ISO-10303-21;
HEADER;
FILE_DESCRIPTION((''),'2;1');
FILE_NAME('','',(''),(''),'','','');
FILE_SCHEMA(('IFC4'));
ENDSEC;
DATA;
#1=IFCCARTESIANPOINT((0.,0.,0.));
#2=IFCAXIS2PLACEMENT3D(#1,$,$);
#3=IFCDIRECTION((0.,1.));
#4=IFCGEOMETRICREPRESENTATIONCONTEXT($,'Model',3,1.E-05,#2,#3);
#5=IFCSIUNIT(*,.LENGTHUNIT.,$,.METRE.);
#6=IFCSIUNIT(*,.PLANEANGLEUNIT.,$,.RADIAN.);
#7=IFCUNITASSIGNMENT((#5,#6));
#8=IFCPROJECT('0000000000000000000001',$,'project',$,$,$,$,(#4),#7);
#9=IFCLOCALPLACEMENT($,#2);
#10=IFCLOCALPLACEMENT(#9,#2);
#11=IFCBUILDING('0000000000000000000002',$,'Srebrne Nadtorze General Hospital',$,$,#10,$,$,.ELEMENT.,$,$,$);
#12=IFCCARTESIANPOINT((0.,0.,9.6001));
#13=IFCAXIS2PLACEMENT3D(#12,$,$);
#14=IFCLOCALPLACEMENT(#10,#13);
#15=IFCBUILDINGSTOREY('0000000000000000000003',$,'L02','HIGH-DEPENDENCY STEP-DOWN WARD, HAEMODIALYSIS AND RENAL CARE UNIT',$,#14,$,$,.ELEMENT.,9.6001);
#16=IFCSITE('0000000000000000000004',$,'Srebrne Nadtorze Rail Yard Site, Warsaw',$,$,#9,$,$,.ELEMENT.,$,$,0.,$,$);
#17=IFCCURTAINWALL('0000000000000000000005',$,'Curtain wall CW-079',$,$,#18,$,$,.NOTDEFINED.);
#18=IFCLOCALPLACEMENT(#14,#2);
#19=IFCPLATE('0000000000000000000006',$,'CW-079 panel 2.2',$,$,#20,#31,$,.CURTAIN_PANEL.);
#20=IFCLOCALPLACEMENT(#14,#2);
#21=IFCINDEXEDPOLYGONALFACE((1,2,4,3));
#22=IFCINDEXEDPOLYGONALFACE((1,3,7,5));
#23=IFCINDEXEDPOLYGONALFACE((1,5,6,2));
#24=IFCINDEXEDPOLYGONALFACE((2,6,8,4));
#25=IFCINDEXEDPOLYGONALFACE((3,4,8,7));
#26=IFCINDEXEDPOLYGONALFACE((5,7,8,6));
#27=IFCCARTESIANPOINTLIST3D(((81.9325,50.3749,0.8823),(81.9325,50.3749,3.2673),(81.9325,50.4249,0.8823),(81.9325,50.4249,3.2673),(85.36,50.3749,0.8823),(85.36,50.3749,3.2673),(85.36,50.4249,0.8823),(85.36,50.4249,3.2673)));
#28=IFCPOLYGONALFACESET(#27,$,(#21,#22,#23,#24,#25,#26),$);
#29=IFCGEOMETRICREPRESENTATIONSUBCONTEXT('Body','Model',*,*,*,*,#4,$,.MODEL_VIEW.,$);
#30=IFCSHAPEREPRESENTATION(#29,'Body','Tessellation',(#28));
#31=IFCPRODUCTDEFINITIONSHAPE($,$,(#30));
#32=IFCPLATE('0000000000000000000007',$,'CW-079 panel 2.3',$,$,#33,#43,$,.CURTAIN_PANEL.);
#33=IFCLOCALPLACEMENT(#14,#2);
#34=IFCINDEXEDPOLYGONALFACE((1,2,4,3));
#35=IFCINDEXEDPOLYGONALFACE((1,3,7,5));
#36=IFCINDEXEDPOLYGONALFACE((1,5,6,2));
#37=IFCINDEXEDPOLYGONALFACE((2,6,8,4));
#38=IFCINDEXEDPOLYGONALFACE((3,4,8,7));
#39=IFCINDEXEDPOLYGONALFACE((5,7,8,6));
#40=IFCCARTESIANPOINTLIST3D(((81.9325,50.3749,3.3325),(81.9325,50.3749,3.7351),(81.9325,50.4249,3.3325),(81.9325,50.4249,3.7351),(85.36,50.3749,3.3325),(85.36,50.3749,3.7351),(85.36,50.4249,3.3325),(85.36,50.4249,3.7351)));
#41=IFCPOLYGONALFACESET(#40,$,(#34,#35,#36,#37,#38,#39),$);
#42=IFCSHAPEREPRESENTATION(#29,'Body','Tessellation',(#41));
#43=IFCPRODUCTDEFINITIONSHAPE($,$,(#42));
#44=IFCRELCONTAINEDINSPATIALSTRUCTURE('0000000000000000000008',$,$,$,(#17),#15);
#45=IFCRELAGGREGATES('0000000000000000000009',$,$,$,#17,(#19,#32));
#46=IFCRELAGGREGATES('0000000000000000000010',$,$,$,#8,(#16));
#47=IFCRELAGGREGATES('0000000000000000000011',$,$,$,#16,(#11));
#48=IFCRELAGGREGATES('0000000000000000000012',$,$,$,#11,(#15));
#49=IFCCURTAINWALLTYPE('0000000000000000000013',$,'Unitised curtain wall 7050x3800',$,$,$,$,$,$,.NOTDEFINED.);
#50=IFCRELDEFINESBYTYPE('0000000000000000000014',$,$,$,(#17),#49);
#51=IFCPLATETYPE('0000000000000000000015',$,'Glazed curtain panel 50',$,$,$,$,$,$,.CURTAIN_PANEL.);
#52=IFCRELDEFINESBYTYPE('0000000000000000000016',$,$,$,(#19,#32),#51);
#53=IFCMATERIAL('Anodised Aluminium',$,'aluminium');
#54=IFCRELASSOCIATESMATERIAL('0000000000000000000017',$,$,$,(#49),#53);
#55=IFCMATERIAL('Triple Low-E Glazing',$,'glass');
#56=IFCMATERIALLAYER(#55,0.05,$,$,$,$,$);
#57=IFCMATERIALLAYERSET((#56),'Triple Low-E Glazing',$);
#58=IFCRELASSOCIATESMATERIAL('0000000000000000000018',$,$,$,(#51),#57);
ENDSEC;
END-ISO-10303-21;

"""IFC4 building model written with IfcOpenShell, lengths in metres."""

from ifc_helpers import new_model, si_unit, direction, frame, origin, origin_2d, place, context, subcontext, project, spatial, rectangle, extrude, material, layer, layer_set, type_object, element, aggregate, save


model = new_model("IFC4")

# Units and contexts
model_context = context("Model", 3, precision=1e-05, world=origin(), true_north=direction((0.0, 1.0)))
body_context = subcontext(model_context, "Body", "Model", "MODEL_VIEW")
ifc_project = project(units=[si_unit("LENGTHUNIT", "METRE"), si_unit("PLANEANGLEUNIT", "RADIAN")], contexts=[model_context])

# Site, building, storey
site_placement = place(None, origin())
site = spatial("IfcSite", under=ifc_project, at=site_placement, Name="Srebrne Nadtorze Rail Yard Site, Warsaw", CompositionType="ELEMENT", RefElevation=0.0)
building_placement = place(site_placement, origin())
building = spatial("IfcBuilding", under=site, at=building_placement, Name="Srebrne Nadtorze General Hospital", CompositionType="ELEMENT")
storey_placement = place(building_placement, frame((0.0, 0.0, 9.6001)))
storey = spatial("IfcBuildingStorey", under=building, at=storey_placement, Name="L02", Description="HIGH-DEPENDENCY STEP-DOWN WARD, HAEMODIALYSIS AND RENAL CARE UNIT", CompositionType="ELEMENT", Elevation=9.6001)

# Curtain wall
ifc_material_1 = material(Name="Anodised Aluminium", Category="aluminium")
curtain_wall_type = type_object("IfcCurtainWallType", Name="Unitised curtain wall 7050x3800", PredefinedType="NOTDEFINED", material=ifc_material_1)
curtain_wall_1_placement = place(storey_placement, origin())
curtain_wall_1 = element("IfcCurtainWall", 1, at=curtain_wall_1_placement, inside=storey, type_object=curtain_wall_type, Name="Curtain wall CW-079", PredefinedType="NOTDEFINED")

# Plates
ifc_material_2 = material(Name="Triple Low-E Glazing", Category="glass")
ifc_layer = layer(ifc_material_2, 0.05)
ifc_layer_set = layer_set([ifc_layer], Name="Triple Low-E Glazing")
plate_type = type_object("IfcPlateType", Name="Glazed curtain panel 50", PredefinedType="CURTAIN_PANEL", material=ifc_layer_set)
plate_1_placement = place(storey_placement, frame((83.6462, 50.3999, 0.8823), z_axis=(0.0, 0.0, 1.0), x_axis=(1.0, 0.0, 0.0)))
plate_1 = element("IfcPlate", 2, at=plate_1_placement, type_object=plate_type, Name="CW-079 panel 2.2", PredefinedType="CURTAIN_PANEL", context=body_context, shape_type="SweptSolid", body=[
    extrude(rectangle(XDim=3.4275, YDim=0.05, at=origin_2d()), origin(), (0.0, 0.0, 1.0), 2.385),
])
plate_2_placement = place(storey_placement, frame((83.6462, 50.3999, 3.3325), z_axis=(0.0, 0.0, 1.0), x_axis=(1.0, 0.0, 0.0)))
plate_2 = element("IfcPlate", 3, at=plate_2_placement, type_object=plate_type, Name="CW-079 panel 2.3", PredefinedType="CURTAIN_PANEL", context=body_context, shape_type="SweptSolid", body=[
    extrude(rectangle(XDim=3.4275, YDim=0.05, at=origin_2d()), origin(), (0.0, 0.0, 1.0), 0.4026),
])
aggregate(curtain_wall_1, [plate_1, plate_2])

save(model, "model.ifc")
